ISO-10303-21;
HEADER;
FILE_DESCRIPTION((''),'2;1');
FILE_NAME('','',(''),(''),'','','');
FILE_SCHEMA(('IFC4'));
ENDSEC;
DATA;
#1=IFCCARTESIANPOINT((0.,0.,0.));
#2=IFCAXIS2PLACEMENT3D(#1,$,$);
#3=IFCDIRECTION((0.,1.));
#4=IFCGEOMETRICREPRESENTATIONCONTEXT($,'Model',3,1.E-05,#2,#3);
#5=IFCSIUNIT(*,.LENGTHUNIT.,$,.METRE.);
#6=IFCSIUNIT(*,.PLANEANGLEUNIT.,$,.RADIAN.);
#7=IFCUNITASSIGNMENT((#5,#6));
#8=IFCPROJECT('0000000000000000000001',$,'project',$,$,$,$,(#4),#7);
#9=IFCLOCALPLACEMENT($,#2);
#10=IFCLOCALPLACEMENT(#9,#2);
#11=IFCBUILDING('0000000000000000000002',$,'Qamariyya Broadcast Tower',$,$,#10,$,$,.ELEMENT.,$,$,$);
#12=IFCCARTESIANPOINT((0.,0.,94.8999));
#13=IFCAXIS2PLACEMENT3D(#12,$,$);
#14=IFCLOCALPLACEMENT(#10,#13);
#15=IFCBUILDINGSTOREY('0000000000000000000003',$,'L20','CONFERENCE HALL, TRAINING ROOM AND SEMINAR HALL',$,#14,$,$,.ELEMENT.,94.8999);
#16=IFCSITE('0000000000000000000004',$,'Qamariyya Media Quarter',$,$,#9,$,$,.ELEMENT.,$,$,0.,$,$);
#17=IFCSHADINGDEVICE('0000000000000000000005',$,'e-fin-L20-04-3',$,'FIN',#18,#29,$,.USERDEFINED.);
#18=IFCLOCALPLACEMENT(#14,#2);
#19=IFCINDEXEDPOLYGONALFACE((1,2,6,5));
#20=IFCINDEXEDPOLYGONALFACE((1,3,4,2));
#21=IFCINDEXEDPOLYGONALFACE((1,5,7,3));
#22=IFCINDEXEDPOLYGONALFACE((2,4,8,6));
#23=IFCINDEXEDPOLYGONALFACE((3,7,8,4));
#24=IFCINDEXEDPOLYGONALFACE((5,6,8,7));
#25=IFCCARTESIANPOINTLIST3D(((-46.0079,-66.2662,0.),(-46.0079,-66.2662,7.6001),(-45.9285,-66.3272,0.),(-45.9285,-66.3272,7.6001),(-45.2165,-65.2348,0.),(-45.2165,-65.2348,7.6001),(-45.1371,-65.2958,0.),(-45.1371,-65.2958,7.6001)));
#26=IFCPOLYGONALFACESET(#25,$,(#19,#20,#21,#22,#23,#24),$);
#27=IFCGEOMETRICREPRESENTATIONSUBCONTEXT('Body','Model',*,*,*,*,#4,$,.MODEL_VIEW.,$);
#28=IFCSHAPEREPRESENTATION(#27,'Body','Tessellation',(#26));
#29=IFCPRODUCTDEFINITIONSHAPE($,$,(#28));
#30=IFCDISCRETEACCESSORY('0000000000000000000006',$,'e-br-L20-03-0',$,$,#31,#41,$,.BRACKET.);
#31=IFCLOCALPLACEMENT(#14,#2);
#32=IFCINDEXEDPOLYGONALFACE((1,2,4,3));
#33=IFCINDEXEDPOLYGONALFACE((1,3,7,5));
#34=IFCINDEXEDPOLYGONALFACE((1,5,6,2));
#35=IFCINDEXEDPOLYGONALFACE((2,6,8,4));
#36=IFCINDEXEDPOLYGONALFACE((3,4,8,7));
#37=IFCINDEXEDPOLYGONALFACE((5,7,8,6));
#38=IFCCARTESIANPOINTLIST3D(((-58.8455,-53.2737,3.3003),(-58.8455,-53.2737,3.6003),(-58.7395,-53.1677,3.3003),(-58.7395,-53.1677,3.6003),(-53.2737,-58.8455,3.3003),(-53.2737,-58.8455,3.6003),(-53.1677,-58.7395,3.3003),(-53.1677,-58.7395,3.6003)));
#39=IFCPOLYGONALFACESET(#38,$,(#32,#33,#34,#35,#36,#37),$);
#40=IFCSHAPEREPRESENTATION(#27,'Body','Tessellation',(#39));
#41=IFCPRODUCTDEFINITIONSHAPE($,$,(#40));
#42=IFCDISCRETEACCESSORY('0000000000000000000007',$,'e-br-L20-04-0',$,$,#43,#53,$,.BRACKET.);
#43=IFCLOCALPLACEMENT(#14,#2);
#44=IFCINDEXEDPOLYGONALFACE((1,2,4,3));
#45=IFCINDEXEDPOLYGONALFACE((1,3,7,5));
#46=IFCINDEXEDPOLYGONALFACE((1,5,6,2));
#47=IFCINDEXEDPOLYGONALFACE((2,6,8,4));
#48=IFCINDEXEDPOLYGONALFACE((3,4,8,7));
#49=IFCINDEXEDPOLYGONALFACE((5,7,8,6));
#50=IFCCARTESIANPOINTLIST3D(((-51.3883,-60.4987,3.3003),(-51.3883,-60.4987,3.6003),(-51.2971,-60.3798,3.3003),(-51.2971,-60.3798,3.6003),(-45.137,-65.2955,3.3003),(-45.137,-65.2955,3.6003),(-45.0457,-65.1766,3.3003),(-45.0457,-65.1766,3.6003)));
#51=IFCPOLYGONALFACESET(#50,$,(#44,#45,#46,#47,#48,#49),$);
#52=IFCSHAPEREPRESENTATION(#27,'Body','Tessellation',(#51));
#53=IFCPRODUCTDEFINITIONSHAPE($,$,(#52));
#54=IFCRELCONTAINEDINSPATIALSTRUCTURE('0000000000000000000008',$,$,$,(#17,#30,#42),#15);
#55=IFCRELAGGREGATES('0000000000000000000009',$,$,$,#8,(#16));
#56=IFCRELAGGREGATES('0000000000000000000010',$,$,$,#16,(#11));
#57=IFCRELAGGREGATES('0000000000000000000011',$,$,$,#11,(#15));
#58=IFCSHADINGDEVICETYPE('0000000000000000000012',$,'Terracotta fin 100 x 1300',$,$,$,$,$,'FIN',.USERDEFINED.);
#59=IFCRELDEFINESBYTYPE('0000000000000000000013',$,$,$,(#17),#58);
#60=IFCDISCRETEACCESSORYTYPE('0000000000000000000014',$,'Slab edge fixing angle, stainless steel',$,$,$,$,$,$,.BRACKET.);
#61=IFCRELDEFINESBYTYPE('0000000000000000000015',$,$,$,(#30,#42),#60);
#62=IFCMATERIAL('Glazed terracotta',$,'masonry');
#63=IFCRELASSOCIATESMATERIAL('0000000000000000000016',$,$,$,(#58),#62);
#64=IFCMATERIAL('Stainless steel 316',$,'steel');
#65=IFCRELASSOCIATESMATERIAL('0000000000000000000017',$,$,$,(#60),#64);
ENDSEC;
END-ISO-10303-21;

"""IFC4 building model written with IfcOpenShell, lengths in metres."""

from ifc_helpers import new_model, si_unit, direction, frame, origin, origin_2d, place, context, subcontext, project, spatial, rectangle, extrude, material, material_profile, profile_set, type_object, element, save


model = new_model("IFC4")

# Units and contexts
model_context = context("Model", 3, precision=1e-05, world=origin(), true_north=direction((0.0, 1.0)))
body_context = subcontext(model_context, "Body", "Model", "MODEL_VIEW")
ifc_project = project(units=[si_unit("LENGTHUNIT", "METRE"), si_unit("PLANEANGLEUNIT", "RADIAN")], contexts=[model_context])

# Site, building, storey
site_placement = place(None, origin())
site = spatial("IfcSite", under=ifc_project, at=site_placement, Name="Qamariyya Media Quarter", CompositionType="ELEMENT", RefElevation=0.0)
building_placement = place(site_placement, origin())
building = spatial("IfcBuilding", under=site, at=building_placement, Name="Qamariyya Broadcast Tower", CompositionType="ELEMENT")
storey_placement = place(building_placement, frame((0.0, 0.0, 94.8999)))
storey = spatial("IfcBuildingStorey", under=building, at=storey_placement, Name="L20", Description="CONFERENCE HALL, TRAINING ROOM AND SEMINAR HALL", CompositionType="ELEMENT", Elevation=94.8999)

# Shading device
ifc_material_1 = material(Name="Glazed terracotta", Category="masonry")
ifc_material_profile_1 = material_profile(ifc_material_1, rectangle(XDim=1.3, YDim=0.1001, at=origin_2d()))
ifc_profile_set_1 = profile_set([ifc_material_profile_1], Name="Glazed terracotta")
shading_device_type_1 = type_object("IfcShadingDeviceType", Name="Terracotta fin 100 x 1300", ElementType="FIN", PredefinedType="USERDEFINED", material=ifc_profile_set_1)
for number, where, z_axis, x_axis, name in (
    (1, (-45.5725, -65.781, 0.0), (0.0, 0.0, 1.0), (-0.608761, -0.793353, 0.0), "e-fin-L20-04-3"),
):
    element("IfcShadingDevice", number, at=place(storey_placement, frame(where, z_axis=z_axis, x_axis=x_axis)), inside=storey, type_object=shading_device_type_1, Name=name, ObjectType="FIN", PredefinedType="USERDEFINED", context=body_context, shape_type="SweptSolid", body=[
        extrude(rectangle(XDim=1.3, YDim=0.1001, at=origin_2d()), origin(), (0.0, 0.0, 1.0), 7.6001),
    ])

# Discrete accessories
ifc_material_2 = material(Name="Stainless steel 316", Category="steel")
discrete_accessory_type = type_object("IfcDiscreteAccessoryType", Name="Slab edge fixing angle, stainless steel", PredefinedType="BRACKET", material=ifc_material_2)
for number, where, z_axis, x_axis, name in (
    (2, (-56.0066, -56.0066, 3.3003), (0.0, 0.0, 1.0), (0.707107, -0.707107, 0.0), "e-br-L20-03-0"),
    (3, (-48.217, -62.8376, 3.3003), (0.0, 0.0, 1.0), (0.793353, -0.608761, 0.0), "e-br-L20-04-0"),
):
    element("IfcDiscreteAccessory", number, at=place(storey_placement, frame(where, z_axis=z_axis, x_axis=x_axis)), inside=storey, type_object=discrete_accessory_type, Name=name, PredefinedType="BRACKET", context=body_context, shape_type="SweptSolid", body=[
        extrude(rectangle(XDim=7.8796, YDim=0.1499, at=origin_2d()), origin(), (0.0, 0.0, 1.0), 0.3),
    ])

save(model, "model.ifc")
